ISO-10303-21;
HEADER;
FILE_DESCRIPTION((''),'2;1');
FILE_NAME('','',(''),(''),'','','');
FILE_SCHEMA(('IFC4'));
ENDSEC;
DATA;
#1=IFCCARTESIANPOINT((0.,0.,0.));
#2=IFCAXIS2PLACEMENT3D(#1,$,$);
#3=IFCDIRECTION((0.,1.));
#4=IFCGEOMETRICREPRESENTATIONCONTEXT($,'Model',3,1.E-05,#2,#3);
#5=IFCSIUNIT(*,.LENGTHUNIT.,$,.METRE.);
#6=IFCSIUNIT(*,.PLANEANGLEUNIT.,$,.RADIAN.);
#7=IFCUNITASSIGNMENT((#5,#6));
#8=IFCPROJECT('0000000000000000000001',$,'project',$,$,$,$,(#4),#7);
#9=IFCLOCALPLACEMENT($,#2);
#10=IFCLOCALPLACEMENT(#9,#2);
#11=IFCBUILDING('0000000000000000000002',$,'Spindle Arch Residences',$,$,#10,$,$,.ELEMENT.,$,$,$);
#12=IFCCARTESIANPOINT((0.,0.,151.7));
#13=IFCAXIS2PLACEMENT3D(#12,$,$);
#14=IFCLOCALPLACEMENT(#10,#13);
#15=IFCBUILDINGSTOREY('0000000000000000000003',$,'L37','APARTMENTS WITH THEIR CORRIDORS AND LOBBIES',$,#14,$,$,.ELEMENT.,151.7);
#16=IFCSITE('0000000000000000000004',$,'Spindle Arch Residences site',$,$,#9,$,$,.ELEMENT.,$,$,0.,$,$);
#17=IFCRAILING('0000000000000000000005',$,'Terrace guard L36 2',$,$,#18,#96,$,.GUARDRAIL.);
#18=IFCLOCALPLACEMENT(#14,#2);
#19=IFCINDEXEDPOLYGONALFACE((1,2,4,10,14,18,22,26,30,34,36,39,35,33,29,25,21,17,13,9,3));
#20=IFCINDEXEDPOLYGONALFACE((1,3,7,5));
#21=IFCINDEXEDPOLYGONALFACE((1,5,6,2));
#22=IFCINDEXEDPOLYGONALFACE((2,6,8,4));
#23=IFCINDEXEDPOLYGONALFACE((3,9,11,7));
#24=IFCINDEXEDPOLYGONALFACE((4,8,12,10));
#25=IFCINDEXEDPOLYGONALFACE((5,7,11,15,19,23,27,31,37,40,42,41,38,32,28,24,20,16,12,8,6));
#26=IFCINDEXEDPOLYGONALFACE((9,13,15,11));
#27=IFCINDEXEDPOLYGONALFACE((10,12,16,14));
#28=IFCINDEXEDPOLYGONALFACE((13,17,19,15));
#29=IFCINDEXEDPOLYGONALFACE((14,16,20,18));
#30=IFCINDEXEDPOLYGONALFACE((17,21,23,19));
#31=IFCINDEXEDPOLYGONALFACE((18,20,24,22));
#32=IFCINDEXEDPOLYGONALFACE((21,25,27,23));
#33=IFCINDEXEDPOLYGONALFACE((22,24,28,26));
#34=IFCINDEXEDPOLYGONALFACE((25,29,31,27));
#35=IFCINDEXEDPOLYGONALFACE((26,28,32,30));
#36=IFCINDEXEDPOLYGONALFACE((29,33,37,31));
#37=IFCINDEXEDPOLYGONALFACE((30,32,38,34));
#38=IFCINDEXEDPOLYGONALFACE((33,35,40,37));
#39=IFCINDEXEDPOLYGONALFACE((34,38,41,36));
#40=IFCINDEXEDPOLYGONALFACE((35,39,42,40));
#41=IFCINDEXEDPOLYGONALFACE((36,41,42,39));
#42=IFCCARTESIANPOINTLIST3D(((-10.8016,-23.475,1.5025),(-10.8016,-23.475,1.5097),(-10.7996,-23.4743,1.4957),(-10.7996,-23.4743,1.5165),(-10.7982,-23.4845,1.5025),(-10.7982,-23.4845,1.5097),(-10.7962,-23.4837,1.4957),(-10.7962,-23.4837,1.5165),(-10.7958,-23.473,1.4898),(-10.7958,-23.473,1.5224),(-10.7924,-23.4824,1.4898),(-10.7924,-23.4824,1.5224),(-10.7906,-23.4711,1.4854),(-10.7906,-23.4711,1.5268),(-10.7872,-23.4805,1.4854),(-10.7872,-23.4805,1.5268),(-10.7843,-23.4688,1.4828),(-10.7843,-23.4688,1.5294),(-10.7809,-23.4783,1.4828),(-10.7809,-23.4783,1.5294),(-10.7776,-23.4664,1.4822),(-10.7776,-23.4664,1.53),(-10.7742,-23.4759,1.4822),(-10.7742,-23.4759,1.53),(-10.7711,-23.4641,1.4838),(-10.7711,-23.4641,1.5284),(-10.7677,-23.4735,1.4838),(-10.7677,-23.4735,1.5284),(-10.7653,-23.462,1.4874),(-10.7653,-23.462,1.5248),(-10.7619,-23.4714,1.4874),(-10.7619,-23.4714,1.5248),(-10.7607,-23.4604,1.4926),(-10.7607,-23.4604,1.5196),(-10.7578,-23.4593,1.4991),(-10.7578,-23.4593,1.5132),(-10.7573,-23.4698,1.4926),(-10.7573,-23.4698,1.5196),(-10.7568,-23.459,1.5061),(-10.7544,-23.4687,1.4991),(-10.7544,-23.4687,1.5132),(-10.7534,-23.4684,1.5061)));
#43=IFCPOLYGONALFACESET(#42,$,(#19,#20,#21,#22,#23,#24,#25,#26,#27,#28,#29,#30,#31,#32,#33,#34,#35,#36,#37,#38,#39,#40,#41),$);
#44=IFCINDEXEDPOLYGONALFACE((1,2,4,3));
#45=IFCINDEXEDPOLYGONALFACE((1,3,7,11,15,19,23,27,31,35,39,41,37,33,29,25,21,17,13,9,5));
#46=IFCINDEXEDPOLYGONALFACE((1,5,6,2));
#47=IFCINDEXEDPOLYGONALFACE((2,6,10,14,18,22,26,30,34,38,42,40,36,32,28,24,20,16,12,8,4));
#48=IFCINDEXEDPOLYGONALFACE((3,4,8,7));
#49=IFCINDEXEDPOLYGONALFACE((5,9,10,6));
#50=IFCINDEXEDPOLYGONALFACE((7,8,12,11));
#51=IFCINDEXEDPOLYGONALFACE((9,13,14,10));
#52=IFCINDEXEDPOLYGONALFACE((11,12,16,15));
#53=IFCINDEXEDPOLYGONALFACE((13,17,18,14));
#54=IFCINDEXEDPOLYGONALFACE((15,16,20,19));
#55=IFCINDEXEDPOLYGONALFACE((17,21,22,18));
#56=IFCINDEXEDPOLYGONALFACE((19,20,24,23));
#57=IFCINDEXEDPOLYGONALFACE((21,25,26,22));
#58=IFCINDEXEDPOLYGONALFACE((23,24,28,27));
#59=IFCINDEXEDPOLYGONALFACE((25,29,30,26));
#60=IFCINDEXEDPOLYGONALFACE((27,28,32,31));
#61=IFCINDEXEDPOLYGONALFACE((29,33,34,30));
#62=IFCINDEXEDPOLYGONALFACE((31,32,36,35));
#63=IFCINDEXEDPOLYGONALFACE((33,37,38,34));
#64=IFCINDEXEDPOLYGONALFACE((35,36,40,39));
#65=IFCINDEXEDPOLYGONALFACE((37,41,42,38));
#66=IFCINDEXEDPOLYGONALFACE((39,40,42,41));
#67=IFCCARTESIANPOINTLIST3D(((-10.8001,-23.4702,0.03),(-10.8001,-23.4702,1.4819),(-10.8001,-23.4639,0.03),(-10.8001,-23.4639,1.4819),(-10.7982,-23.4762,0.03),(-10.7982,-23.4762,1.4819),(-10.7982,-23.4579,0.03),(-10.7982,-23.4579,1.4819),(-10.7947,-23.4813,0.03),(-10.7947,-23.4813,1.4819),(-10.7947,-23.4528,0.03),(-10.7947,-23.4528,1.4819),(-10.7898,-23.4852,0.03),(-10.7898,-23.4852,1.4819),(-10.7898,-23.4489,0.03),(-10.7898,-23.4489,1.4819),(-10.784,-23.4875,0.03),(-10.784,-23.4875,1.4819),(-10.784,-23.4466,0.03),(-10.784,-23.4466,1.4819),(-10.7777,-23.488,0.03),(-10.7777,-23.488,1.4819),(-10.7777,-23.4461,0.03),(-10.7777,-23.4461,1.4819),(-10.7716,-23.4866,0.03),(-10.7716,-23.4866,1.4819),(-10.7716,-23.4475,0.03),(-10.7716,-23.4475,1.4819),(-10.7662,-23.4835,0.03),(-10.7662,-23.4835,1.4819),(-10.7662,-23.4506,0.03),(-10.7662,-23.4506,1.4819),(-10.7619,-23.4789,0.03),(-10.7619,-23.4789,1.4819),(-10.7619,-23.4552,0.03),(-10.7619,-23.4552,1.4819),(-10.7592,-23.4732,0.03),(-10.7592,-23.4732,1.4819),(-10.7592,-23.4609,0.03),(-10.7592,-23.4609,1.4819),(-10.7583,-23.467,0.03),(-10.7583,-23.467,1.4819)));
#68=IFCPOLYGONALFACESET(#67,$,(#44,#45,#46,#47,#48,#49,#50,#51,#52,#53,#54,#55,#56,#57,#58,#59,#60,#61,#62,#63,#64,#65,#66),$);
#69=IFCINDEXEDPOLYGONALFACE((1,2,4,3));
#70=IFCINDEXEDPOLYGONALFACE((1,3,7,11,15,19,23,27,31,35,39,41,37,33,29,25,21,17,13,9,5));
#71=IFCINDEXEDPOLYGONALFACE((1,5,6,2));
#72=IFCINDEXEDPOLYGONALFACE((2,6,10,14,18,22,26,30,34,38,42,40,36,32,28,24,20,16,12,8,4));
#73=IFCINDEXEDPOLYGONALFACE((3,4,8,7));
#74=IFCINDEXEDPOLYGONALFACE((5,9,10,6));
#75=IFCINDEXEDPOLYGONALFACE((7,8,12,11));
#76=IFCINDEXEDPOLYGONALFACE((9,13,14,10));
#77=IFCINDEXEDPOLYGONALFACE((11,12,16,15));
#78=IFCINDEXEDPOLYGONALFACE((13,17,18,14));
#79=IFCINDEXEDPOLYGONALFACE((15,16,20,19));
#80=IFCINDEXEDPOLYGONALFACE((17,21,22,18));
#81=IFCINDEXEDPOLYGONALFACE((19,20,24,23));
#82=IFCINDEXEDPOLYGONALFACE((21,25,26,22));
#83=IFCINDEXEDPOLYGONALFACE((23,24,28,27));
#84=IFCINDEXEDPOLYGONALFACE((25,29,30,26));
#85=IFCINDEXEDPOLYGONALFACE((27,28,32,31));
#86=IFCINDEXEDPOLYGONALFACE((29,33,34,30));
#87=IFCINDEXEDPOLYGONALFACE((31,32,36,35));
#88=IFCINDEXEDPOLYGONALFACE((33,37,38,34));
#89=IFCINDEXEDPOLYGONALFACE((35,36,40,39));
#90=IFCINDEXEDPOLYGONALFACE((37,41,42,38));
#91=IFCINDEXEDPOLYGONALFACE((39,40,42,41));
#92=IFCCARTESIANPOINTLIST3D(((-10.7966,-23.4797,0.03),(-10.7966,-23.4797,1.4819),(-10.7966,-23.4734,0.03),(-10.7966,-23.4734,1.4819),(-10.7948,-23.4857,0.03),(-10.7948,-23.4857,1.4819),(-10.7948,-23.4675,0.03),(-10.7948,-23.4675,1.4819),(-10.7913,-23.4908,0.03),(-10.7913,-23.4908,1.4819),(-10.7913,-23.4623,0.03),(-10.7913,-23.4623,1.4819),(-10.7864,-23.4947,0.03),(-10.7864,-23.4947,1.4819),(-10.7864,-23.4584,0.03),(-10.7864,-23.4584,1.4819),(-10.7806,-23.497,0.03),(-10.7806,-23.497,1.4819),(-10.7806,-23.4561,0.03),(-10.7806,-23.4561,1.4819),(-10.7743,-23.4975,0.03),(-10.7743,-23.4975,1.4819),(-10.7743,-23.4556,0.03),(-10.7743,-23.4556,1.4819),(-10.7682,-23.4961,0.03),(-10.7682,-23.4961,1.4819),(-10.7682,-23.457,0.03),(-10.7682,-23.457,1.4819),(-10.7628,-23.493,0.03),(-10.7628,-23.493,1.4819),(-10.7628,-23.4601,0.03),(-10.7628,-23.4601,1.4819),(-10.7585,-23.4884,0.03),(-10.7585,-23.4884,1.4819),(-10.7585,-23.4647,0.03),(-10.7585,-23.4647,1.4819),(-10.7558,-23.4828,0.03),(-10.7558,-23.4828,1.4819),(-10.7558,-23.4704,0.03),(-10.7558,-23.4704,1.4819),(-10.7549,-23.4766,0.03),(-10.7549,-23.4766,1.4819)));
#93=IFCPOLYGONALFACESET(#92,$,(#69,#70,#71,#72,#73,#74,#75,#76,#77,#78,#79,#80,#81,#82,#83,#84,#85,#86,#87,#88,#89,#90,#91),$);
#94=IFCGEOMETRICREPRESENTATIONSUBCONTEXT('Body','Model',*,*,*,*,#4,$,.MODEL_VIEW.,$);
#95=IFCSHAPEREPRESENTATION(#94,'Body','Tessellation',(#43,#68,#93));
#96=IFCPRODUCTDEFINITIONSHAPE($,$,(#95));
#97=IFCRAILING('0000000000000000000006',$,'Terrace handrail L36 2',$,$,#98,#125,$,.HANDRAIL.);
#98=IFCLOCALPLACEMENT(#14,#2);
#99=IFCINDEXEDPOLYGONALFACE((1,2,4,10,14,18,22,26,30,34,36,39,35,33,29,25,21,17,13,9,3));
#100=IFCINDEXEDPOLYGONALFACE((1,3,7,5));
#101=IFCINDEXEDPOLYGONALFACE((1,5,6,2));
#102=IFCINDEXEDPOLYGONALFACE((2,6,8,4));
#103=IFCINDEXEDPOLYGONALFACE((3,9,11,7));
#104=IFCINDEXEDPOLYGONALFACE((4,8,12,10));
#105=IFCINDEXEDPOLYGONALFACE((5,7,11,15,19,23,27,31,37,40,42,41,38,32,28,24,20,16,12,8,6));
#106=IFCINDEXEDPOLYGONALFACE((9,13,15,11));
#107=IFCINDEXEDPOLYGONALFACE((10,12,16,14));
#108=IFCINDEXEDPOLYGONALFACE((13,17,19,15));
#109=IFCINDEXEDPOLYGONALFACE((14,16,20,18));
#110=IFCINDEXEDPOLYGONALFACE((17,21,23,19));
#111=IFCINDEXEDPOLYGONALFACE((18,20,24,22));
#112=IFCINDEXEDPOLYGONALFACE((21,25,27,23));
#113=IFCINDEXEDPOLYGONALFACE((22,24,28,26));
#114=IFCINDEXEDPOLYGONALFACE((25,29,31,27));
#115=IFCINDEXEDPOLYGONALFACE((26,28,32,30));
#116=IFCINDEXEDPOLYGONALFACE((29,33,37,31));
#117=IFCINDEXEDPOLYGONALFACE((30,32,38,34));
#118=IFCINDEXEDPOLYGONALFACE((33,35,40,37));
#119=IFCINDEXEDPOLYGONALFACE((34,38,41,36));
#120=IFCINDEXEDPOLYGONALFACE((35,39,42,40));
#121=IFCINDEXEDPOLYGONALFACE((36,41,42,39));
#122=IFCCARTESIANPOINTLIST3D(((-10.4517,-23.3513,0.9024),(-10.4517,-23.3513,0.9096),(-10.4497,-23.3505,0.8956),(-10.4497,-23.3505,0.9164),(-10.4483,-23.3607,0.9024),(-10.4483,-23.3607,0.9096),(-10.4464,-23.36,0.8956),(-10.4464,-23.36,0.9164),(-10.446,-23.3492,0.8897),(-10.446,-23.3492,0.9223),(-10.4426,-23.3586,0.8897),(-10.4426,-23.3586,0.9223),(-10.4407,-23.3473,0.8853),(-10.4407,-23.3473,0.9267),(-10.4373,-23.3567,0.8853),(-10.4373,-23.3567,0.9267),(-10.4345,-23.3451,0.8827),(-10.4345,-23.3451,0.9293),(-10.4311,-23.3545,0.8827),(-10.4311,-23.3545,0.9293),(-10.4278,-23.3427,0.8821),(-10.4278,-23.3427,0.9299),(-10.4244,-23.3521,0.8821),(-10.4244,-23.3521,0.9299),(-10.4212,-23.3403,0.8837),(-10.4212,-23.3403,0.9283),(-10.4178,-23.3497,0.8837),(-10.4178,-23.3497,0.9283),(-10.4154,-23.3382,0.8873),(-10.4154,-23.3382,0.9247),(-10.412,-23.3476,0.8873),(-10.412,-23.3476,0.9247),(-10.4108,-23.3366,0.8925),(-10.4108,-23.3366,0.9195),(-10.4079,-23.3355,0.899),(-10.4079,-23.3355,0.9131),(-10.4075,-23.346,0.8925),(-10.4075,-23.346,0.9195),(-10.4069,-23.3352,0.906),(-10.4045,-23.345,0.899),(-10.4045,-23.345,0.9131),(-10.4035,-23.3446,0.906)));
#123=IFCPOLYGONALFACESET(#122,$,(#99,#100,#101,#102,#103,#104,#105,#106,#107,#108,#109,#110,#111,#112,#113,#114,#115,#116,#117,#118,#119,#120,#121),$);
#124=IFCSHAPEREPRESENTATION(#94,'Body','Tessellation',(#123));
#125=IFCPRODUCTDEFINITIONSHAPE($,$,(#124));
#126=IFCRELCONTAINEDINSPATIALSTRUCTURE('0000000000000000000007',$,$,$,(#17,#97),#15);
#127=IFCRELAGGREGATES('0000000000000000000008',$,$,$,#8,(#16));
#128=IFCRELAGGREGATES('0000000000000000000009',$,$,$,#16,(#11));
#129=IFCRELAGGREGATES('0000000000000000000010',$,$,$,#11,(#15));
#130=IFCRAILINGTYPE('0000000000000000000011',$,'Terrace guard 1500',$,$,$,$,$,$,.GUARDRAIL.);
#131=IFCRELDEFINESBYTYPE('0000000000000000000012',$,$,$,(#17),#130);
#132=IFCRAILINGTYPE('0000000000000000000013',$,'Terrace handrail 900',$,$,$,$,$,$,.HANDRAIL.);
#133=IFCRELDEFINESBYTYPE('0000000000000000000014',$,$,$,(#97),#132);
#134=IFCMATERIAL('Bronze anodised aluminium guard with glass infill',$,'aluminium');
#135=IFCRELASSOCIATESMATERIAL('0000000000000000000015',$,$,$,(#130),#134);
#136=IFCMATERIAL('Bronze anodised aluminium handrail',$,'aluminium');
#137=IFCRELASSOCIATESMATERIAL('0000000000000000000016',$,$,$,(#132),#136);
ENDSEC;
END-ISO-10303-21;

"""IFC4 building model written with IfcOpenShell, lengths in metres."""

from ifc_helpers import new_model, si_unit, direction, frame, origin, origin_2d, place, context, subcontext, project, spatial, circle, extrude, material, type_object, element, save


model = new_model("IFC4")

# Units and contexts
model_context = context("Model", 3, precision=1e-05, world=origin(), true_north=direction((0.0, 1.0)))
body_context = subcontext(model_context, "Body", "Model", "MODEL_VIEW")
ifc_project = project(units=[si_unit("LENGTHUNIT", "METRE"), si_unit("PLANEANGLEUNIT", "RADIAN")], contexts=[model_context])

# Site, building, storey
site_placement = place(None, origin())
site = spatial("IfcSite", under=ifc_project, at=site_placement, Name="Spindle Arch Residences site", CompositionType="ELEMENT", RefElevation=0.0)
building_placement = place(site_placement, origin())
building = spatial("IfcBuilding", under=site, at=building_placement, Name="Spindle Arch Residences", CompositionType="ELEMENT")
storey_placement = place(building_placement, frame((0.0, 0.0, 151.7)))
storey = spatial("IfcBuildingStorey", under=building, at=storey_placement, Name="L37", Description="APARTMENTS WITH THEIR CORRIDORS AND LOBBIES", CompositionType="ELEMENT", Elevation=151.7)

# Railings
ifc_material_1 = material(Name="Bronze anodised aluminium guard with glass infill", Category="aluminium")
railing_type_1 = type_object("IfcRailingType", Name="Terrace guard 1500", PredefinedType="GUARDRAIL", material=ifc_material_1)
railing_1_placement = place(storey_placement, frame((-10.7793, -23.467, 0.03)))
element("IfcRailing", 1, at=railing_1_placement, inside=storey, type_object=railing_type_1, Name="Terrace guard L36 2", PredefinedType="GUARDRAIL", context=body_context, shape_type="SweptSolid", body=[
    extrude(circle(Radius=0.0239, at=origin_2d()), frame((0.0, 0.0, 1.4761), z_axis=(0.337865, -0.941195, 0.0), x_axis=(0.941195, 0.337865, 0.0)), (0.0, 0.0, 1.0), 0.01),
    extrude(circle(Radius=0.021, at=origin_2d()), origin(), (0.0, 0.0, 1.0), 1.4519),
    extrude(circle(Radius=0.021, at=origin_2d()), frame((0.0034, -0.0095, 0.0)), (0.0, 0.0, 1.0), 1.4519),
])
ifc_material_2 = material(Name="Bronze anodised aluminium handrail", Category="aluminium")
railing_type_2 = type_object("IfcRailingType", Name="Terrace handrail 900", PredefinedType="HANDRAIL", material=ifc_material_2)
railing_2_placement = place(storey_placement, frame((-10.4294, -23.3433, 0.03)))
element("IfcRailing", 2, at=railing_2_placement, inside=storey, type_object=railing_type_2, Name="Terrace handrail L36 2", PredefinedType="HANDRAIL", context=body_context, shape_type="SweptSolid", body=[
    extrude(circle(Radius=0.0239, at=origin_2d()), frame((0.0, 0.0, 0.876), z_axis=(0.337865, -0.941195, 0.0), x_axis=(0.941195, 0.337865, 0.0)), (0.0, 0.0, 1.0), 0.01),
])

save(model, "model.ifc")
